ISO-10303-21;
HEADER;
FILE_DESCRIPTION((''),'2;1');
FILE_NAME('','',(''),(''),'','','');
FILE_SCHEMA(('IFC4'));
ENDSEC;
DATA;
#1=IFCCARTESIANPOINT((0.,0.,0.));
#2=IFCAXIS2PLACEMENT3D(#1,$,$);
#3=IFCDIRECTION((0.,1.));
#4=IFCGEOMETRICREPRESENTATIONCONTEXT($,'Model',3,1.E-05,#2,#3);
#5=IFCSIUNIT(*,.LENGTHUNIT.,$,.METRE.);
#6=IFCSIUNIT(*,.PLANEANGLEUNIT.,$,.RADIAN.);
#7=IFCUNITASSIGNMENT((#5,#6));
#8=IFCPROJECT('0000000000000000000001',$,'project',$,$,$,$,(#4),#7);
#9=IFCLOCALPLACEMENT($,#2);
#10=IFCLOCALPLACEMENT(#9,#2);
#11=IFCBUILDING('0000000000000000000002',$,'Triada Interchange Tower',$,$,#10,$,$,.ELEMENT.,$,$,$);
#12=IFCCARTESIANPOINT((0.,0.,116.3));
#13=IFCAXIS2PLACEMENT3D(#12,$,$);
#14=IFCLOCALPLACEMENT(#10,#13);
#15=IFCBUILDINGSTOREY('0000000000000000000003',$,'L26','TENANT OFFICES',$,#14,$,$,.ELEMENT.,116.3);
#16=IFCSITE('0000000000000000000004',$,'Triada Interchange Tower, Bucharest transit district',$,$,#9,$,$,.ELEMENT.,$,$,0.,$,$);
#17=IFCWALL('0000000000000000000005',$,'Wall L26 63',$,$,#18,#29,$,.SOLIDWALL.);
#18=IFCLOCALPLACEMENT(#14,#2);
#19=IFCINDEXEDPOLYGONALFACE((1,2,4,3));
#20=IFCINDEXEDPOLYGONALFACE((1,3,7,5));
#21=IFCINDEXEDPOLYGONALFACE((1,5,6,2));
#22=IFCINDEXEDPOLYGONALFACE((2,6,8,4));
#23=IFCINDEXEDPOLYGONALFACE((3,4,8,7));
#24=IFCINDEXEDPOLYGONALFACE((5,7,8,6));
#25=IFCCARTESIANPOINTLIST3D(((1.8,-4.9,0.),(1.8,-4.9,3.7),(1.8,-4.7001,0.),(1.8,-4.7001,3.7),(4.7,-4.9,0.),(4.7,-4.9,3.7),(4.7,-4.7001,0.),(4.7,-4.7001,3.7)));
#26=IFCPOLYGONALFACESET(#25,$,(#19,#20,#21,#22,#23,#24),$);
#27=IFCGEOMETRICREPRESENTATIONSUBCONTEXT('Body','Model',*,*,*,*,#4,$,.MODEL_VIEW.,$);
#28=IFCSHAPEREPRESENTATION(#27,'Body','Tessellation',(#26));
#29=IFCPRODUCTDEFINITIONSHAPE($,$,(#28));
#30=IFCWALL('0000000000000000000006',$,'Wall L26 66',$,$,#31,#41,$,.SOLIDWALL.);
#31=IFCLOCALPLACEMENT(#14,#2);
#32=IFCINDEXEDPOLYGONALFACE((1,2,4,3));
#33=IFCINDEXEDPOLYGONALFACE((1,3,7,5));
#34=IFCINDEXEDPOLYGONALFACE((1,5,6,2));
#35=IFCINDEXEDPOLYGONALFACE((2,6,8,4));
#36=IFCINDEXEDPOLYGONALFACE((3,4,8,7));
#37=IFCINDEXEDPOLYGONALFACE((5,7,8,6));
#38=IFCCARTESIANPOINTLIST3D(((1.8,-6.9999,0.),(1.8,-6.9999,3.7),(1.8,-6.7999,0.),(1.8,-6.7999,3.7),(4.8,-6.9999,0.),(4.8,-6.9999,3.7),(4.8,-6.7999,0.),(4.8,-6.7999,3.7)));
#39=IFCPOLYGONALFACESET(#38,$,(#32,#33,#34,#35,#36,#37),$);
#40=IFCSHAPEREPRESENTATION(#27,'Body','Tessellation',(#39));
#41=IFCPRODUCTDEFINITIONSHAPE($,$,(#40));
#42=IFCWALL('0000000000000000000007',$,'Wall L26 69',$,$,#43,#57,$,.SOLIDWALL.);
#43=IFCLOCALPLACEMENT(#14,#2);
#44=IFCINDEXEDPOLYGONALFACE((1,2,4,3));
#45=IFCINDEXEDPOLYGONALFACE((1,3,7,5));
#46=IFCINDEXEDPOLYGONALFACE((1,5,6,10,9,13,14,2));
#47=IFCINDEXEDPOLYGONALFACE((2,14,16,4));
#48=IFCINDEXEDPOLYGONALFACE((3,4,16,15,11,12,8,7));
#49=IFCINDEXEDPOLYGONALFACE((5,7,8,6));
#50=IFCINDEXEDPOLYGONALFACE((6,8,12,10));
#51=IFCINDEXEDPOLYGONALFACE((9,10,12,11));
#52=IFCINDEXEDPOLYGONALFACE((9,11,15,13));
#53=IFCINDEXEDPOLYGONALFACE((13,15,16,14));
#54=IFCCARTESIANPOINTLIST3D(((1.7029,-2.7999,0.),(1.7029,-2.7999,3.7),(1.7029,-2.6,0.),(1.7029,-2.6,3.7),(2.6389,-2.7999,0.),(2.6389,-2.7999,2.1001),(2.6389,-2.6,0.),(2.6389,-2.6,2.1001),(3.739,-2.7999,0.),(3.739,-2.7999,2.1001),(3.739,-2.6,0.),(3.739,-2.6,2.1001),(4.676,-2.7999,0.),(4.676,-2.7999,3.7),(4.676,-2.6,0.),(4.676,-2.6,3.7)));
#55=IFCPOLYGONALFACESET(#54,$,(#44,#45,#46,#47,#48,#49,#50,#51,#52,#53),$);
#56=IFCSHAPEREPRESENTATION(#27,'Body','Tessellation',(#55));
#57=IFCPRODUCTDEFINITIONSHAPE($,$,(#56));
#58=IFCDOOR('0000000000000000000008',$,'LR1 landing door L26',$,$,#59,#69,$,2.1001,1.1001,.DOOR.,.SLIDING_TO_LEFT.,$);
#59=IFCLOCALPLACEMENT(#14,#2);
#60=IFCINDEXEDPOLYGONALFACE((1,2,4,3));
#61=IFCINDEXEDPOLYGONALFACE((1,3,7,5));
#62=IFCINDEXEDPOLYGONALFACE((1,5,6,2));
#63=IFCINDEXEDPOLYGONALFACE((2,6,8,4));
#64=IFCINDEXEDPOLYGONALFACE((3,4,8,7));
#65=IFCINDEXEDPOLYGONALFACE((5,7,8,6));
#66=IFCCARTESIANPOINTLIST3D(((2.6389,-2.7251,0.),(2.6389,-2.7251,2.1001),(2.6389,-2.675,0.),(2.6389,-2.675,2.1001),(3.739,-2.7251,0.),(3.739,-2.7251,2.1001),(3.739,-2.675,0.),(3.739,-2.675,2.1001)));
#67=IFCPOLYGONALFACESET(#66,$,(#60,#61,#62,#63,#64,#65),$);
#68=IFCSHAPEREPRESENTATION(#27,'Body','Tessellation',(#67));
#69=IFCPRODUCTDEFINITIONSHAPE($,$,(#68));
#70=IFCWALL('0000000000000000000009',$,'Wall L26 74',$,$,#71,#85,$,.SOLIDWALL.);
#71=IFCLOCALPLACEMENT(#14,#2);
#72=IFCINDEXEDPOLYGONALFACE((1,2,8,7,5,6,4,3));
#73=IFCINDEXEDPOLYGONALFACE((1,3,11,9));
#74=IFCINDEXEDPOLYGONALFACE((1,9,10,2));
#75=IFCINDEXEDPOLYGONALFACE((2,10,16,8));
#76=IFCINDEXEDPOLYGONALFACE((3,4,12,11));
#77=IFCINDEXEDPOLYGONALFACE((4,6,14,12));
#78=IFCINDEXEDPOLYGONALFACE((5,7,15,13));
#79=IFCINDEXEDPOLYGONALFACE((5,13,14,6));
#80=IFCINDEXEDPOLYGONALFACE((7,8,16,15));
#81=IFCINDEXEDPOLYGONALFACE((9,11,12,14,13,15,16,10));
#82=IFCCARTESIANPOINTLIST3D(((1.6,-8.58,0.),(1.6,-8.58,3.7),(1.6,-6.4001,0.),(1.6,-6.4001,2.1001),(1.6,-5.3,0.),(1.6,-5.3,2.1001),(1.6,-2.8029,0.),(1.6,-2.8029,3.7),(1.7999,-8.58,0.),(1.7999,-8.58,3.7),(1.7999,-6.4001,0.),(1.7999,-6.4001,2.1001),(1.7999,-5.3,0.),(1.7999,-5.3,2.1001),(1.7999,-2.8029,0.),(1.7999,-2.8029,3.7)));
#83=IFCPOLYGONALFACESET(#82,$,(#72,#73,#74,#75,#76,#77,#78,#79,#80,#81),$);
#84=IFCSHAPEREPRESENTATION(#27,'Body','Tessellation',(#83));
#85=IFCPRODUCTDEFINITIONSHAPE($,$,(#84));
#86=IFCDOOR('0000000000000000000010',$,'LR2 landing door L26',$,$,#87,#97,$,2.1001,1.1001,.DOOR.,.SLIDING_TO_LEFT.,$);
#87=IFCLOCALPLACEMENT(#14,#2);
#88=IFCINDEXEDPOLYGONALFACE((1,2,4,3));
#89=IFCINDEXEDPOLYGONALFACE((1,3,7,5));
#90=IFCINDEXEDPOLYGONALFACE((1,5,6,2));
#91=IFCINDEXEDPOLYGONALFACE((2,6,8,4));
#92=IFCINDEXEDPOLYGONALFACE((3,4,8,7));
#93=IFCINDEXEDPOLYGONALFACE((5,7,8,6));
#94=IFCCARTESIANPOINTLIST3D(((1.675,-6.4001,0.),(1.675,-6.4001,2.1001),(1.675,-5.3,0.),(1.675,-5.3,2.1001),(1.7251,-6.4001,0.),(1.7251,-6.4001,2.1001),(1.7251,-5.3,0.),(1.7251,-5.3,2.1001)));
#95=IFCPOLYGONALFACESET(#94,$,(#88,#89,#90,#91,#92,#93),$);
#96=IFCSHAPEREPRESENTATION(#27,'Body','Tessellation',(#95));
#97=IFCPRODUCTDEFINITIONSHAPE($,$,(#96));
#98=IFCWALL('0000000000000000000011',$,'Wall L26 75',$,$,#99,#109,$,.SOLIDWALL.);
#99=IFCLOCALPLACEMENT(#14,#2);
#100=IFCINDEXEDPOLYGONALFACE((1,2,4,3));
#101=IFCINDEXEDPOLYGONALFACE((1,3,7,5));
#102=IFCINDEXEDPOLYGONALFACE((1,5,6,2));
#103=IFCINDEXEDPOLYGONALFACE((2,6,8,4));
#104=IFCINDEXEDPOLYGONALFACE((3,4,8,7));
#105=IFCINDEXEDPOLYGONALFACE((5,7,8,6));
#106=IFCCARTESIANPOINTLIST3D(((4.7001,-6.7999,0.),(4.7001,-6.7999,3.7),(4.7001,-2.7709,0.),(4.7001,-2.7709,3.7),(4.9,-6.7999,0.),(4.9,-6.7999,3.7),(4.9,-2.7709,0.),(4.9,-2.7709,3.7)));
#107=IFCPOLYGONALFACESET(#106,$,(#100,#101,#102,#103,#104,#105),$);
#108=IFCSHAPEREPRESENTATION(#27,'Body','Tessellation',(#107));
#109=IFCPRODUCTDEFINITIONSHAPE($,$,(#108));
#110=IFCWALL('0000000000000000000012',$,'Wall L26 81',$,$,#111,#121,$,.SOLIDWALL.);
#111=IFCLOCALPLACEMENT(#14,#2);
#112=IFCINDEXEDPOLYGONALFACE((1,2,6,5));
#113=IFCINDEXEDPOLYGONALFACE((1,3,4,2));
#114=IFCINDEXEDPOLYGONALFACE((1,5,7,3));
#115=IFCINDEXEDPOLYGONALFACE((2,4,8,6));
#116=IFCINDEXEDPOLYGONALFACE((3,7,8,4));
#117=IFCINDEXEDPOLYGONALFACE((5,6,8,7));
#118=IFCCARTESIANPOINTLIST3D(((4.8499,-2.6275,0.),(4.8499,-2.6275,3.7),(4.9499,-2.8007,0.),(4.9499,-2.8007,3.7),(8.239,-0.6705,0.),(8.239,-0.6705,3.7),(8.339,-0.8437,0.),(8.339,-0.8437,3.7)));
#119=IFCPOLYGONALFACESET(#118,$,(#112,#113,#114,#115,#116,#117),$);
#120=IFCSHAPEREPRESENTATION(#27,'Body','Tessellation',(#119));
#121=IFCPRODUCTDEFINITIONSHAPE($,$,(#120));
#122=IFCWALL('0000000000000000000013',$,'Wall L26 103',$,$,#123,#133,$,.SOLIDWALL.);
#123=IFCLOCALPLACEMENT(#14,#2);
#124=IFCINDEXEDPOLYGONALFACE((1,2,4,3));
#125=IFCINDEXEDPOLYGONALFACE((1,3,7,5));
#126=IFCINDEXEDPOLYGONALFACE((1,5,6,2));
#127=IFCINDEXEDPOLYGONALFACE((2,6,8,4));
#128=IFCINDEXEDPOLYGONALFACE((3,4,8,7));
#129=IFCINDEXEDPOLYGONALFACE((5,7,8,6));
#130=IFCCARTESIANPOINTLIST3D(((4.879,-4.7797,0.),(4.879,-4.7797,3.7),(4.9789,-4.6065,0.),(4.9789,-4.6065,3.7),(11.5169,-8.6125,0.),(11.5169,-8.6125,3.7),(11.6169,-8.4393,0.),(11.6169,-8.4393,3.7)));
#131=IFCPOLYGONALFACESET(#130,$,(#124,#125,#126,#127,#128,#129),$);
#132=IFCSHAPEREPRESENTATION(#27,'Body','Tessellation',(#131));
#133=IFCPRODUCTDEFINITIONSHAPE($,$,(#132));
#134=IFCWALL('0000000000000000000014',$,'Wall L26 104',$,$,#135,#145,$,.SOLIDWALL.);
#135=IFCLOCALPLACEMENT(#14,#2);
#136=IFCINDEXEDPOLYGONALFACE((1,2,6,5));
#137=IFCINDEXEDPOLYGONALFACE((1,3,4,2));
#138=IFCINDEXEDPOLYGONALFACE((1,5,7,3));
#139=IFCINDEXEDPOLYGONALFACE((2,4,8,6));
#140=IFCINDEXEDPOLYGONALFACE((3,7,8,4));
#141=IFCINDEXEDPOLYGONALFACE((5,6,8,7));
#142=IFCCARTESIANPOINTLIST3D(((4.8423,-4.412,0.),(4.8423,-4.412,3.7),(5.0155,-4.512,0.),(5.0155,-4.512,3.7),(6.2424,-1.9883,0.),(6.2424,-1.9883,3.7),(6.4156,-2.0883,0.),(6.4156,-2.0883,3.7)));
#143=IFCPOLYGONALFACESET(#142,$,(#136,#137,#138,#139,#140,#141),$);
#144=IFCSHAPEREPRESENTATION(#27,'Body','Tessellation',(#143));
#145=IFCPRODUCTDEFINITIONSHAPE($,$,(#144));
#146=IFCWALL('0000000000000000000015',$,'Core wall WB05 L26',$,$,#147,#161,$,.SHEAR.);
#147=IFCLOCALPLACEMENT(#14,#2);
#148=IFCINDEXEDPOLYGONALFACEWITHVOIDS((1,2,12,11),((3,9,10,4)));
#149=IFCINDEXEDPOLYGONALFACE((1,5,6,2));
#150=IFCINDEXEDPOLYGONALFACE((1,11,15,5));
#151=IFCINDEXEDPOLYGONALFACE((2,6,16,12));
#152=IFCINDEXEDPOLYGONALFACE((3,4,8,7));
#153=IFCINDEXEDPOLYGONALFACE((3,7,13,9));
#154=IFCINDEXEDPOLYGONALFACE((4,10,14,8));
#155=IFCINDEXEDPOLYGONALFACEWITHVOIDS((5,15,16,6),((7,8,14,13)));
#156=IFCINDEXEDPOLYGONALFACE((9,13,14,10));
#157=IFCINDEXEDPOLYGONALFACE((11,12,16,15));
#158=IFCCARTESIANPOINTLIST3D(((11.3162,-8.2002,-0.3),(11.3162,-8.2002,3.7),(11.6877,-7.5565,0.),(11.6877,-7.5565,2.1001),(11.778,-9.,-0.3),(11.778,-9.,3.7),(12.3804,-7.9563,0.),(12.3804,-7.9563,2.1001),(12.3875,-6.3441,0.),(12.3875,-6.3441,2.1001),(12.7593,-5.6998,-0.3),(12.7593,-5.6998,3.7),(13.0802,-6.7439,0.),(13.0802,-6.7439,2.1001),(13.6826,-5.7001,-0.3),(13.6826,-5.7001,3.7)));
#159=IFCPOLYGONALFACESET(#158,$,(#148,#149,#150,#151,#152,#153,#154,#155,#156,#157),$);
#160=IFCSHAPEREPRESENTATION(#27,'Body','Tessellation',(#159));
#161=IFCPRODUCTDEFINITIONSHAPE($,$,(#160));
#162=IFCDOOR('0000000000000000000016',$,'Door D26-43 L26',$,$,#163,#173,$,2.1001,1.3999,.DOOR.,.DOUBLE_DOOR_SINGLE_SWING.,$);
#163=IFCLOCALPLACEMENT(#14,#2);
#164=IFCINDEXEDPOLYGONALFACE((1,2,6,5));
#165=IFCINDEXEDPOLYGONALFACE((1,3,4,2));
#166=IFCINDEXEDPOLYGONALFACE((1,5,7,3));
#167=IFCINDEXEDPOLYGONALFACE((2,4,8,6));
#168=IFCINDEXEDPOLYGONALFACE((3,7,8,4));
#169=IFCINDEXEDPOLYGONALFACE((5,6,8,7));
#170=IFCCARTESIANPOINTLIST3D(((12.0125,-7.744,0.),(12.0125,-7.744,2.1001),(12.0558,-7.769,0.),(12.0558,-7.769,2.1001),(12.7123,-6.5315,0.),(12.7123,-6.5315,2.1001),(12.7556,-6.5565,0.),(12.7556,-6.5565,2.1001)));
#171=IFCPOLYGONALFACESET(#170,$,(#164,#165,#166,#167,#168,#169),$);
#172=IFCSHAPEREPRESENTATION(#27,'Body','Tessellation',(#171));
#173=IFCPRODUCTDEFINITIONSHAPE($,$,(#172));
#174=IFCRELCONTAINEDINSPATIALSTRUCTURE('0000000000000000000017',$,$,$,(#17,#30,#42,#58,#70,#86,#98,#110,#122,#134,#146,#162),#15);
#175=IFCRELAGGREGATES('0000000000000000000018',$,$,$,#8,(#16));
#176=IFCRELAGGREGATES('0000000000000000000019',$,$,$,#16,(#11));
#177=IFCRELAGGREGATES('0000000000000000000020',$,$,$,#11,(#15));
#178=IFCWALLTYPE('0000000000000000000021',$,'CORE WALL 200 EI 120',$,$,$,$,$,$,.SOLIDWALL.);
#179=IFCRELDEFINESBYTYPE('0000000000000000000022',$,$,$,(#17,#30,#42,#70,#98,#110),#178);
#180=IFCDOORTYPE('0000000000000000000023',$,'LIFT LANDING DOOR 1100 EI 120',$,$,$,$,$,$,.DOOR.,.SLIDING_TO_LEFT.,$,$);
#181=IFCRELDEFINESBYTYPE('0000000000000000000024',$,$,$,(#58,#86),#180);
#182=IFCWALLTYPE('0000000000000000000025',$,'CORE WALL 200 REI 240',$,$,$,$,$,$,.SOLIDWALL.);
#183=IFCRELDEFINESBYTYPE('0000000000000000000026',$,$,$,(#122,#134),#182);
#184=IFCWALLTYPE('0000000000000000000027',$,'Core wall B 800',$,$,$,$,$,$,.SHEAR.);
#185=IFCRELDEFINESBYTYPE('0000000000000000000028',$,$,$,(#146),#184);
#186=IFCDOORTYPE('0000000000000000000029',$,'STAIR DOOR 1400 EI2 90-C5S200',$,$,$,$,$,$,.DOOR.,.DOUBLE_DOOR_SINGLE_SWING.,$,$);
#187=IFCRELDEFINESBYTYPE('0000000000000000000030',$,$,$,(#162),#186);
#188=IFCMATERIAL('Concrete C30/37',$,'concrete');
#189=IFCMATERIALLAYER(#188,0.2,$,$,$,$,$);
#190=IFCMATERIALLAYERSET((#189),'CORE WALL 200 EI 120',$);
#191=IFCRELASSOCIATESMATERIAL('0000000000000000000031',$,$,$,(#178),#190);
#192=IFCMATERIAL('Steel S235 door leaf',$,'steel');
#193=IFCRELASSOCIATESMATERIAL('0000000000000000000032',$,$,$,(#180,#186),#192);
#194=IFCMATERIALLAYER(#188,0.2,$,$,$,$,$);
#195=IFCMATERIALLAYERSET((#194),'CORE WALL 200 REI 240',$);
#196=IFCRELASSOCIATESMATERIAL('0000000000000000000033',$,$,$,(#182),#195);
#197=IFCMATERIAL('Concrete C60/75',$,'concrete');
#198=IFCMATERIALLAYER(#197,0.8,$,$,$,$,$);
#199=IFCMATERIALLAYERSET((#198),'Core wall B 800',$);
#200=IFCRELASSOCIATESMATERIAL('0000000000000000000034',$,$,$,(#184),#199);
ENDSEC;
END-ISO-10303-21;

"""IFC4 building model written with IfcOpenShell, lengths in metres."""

from ifc_helpers import new_model, si_unit, direction, frame, frame_2d, origin, place, context, subcontext, project, spatial, polyline, rectangle, outline, extrude, material, layer, layer_set, type_object, element, fill, save


model = new_model("IFC4")

# Units and contexts
model_context = context("Model", 3, precision=1e-05, world=origin(), true_north=direction((0.0, 1.0)))
body_context = subcontext(model_context, "Body", "Model", "MODEL_VIEW")
ifc_project = project(units=[si_unit("LENGTHUNIT", "METRE"), si_unit("PLANEANGLEUNIT", "RADIAN")], contexts=[model_context])

# Site, building, storey
site_placement = place(None, origin())
site = spatial("IfcSite", under=ifc_project, at=site_placement, Name="Triada Interchange Tower, Bucharest transit district", CompositionType="ELEMENT", RefElevation=0.0)
building_placement = place(site_placement, origin())
building = spatial("IfcBuilding", under=site, at=building_placement, Name="Triada Interchange Tower", CompositionType="ELEMENT")
storey_placement = place(building_placement, frame((0.0, 0.0, 116.3)))
storey = spatial("IfcBuildingStorey", under=building, at=storey_placement, Name="L26", Description="TENANT OFFICES", CompositionType="ELEMENT", Elevation=116.3)

# Walls
ifc_material_1 = material(Name="Concrete C30/37", Category="concrete")
ifc_layer_1 = layer(ifc_material_1, 0.2)
ifc_layer_set_1 = layer_set([ifc_layer_1], Name="CORE WALL 200 EI 120")
wall_type_1 = type_object("IfcWallType", Name="CORE WALL 200 EI 120", PredefinedType="SOLIDWALL", material=ifc_layer_set_1)
wall_1_placement = place(storey_placement, frame((1.8, -4.8, 0.0), z_axis=(0.0, 0.0, 1.0), x_axis=(1.0, 0.0, 0.0)))
element("IfcWall", 1, at=wall_1_placement, inside=storey, type_object=wall_type_1, Name="Wall L26 63", PredefinedType="SOLIDWALL", context=body_context, shape_type="SweptSolid", body=[
    extrude(rectangle(XDim=2.8999, YDim=0.2, at=frame_2d((1.45, 0.0))), origin(), (0.0, 0.0, 1.0), 3.7),
])
wall_2_placement = place(storey_placement, frame((1.8, -6.8999, 0.0), z_axis=(0.0, 0.0, 1.0), x_axis=(1.0, 0.0, 0.0)))
element("IfcWall", 2, at=wall_2_placement, inside=storey, type_object=wall_type_1, Name="Wall L26 66", PredefinedType="SOLIDWALL", context=body_context, shape_type="SweptSolid", body=[
    extrude(rectangle(XDim=3.0, YDim=0.2, at=frame_2d((1.5, 0.0))), origin(), (0.0, 0.0, 1.0), 3.7),
])

# Walls, openings, doors
wall_3_placement = place(storey_placement, frame((1.7029, -2.7, 0.0), z_axis=(0.0, 0.0, 1.0), x_axis=(1.0, 0.0, 0.0)))
wall_3 = element("IfcWall", 3, at=wall_3_placement, inside=storey, type_object=wall_type_1, Name="Wall L26 69", PredefinedType="SOLIDWALL", context=body_context, shape_type="SweptSolid", body=[
    extrude(rectangle(XDim=2.9731, YDim=0.2, at=frame_2d((1.4866, 0.0))), origin(), (0.0, 0.0, 1.0), 3.7),
])
opening_1_placement = place(wall_3_placement, frame((0.936, 0.0, 0.0)))
opening_1 = element("IfcOpeningElement", 4, at=opening_1_placement, cuts=wall_3, PredefinedType="OPENING", context=body_context, shape_type="SweptSolid", body=[
    extrude(rectangle(XDim=1.1001, YDim=2.1001, at=frame_2d((0.55, 1.05))), frame((0.0, 0.1099, 0.0), z_axis=(0.0, -1.0, 0.0), x_axis=(1.0, 0.0, 0.0)), (0.0, 0.0, 1.0), 0.22),
])
ifc_material_2 = material(Name="Steel S235 door leaf", Category="steel")
door_type_1 = type_object("IfcDoorType", Name="LIFT LANDING DOOR 1100 EI 120", OperationType="SLIDING_TO_LEFT", PredefinedType="DOOR", material=ifc_material_2)
door_1_placement = place(opening_1_placement, origin())
door_1 = element("IfcDoor", 5, at=door_1_placement, inside=storey, type_object=door_type_1, Name="LR1 landing door L26", OperationType="SLIDING_TO_LEFT", OverallHeight=2.1001, OverallWidth=1.1001, PredefinedType="DOOR", context=body_context, shape_type="SweptSolid", body=[
    extrude(rectangle(XDim=1.1001, YDim=2.1001, at=frame_2d((0.55, 1.05))), frame((0.0, 0.0249, 0.0), z_axis=(0.0, -1.0, 0.0), x_axis=(1.0, 0.0, 0.0)), (0.0, 0.0, 1.0), 0.05),
])
fill(opening_1, door_1)
wall_4_placement = place(storey_placement, frame((1.7, -8.5801, 0.0), z_axis=(0.0, 0.0, 1.0), x_axis=(0.0, 1.0, 0.0)))
wall_4 = element("IfcWall", 6, at=wall_4_placement, inside=storey, type_object=wall_type_1, Name="Wall L26 74", PredefinedType="SOLIDWALL", context=body_context, shape_type="SweptSolid", body=[
    extrude(rectangle(XDim=5.7771, YDim=0.2, at=frame_2d((2.8887, 0.0))), origin(), (0.0, 0.0, 1.0), 3.7),
])
opening_2_placement = place(wall_4_placement, frame((2.1799, 0.0, 0.0)))
opening_2 = element("IfcOpeningElement", 7, at=opening_2_placement, cuts=wall_4, PredefinedType="OPENING", context=body_context, shape_type="SweptSolid", body=[
    extrude(rectangle(XDim=1.1001, YDim=2.1001, at=frame_2d((0.55, 1.05))), frame((0.0, 0.1099, 0.0), z_axis=(0.0, -1.0, 0.0), x_axis=(1.0, 0.0, 0.0)), (0.0, 0.0, 1.0), 0.22),
])
door_2_placement = place(opening_2_placement, origin())
door_2 = element("IfcDoor", 8, at=door_2_placement, inside=storey, type_object=door_type_1, Name="LR2 landing door L26", OperationType="SLIDING_TO_LEFT", OverallHeight=2.1001, OverallWidth=1.1001, PredefinedType="DOOR", context=body_context, shape_type="SweptSolid", body=[
    extrude(rectangle(XDim=1.1001, YDim=2.1001, at=frame_2d((0.55, 1.05))), frame((0.0, 0.0249, 0.0), z_axis=(0.0, -1.0, 0.0), x_axis=(1.0, 0.0, 0.0)), (0.0, 0.0, 1.0), 0.05),
])
fill(opening_2, door_2)

# Walls
wall_5_placement = place(storey_placement, frame((4.8, -6.8, 0.0), z_axis=(0.0, 0.0, 1.0), x_axis=(0.0, 1.0, 0.0)))
element("IfcWall", 9, at=wall_5_placement, inside=storey, type_object=wall_type_1, Name="Wall L26 75", PredefinedType="SOLIDWALL", context=body_context, shape_type="SweptSolid", body=[
    extrude(rectangle(XDim=4.0291, YDim=0.2, at=frame_2d((2.0146, 0.0))), origin(), (0.0, 0.0, 1.0), 3.7),
])
wall_6_placement = place(storey_placement, frame((4.8999, -2.7141, 0.0), z_axis=(0.0, 0.0, 1.0), x_axis=(0.865992, 0.500057, 0.0)))
element("IfcWall", 10, at=wall_6_placement, inside=storey, type_object=wall_type_1, Name="Wall L26 81", PredefinedType="SOLIDWALL", context=body_context, shape_type="SweptSolid", body=[
    extrude(rectangle(XDim=3.9136, YDim=0.2, at=frame_2d((1.9568, 0.0))), origin(), (0.0, 0.0, 1.0), 3.7),
])
ifc_layer_2 = layer(ifc_material_1, 0.2)
ifc_layer_set_2 = layer_set([ifc_layer_2], Name="CORE WALL 200 REI 240")
wall_type_2 = type_object("IfcWallType", Name="CORE WALL 200 REI 240", PredefinedType="SOLIDWALL", material=ifc_layer_set_2)
wall_7_placement = place(storey_placement, frame((4.929, -4.6931, 0.0), z_axis=(0.0, 0.0, 1.0), x_axis=(0.866006, -0.500034, 0.0)))
element("IfcWall", 11, at=wall_7_placement, inside=storey, type_object=wall_type_2, Name="Wall L26 103", PredefinedType="SOLIDWALL", context=body_context, shape_type="SweptSolid", body=[
    extrude(rectangle(XDim=7.665, YDim=0.2, at=frame_2d((3.8325, 0.0))), origin(), (0.0, 0.0, 1.0), 3.7),
])
wall_8_placement = place(storey_placement, frame((4.929, -4.4619, 0.0), z_axis=(0.0, 0.0, 1.0), x_axis=(0.500201, 0.86591, 0.0)))
element("IfcWall", 12, at=wall_8_placement, inside=storey, type_object=wall_type_2, Name="Wall L26 104", PredefinedType="SOLIDWALL", context=body_context, shape_type="SweptSolid", body=[
    extrude(rectangle(XDim=2.7991, YDim=0.2, at=frame_2d((1.3994, 0.0))), origin(), (0.0, 0.0, 1.0), 3.7),
])

# Wall, opening, door
ifc_material_3 = material(Name="Concrete C60/75", Category="concrete")
ifc_layer_3 = layer(ifc_material_3, 0.8)
ifc_layer_set_3 = layer_set([ifc_layer_3], Name="Core wall B 800")
wall_type_3 = type_object("IfcWallType", Name="Core wall B 800", PredefinedType="SHEAR", material=ifc_layer_set_3)
wall_9_placement = place(storey_placement, frame((11.5471, -8.6001, -0.3), z_axis=(0.0, 0.0, 1.0), x_axis=(0.499872, 0.866099, 0.0)))
wall_9 = element("IfcWall", 13, at=wall_9_placement, inside=storey, type_object=wall_type_3, Name="Core wall WB05 L26", PredefinedType="SHEAR", context=body_context, shape_type="SweptSolid", body=[
    extrude(outline(polyline([(-0.231, -0.3999), (1.6741, -0.3999), (3.5791, -0.3999), (3.1179, 0.3999), (1.6743, 0.3999), (0.231, 0.3999), (-0.231, -0.3999)])), origin(), (0.0, 0.0, 1.0), 4.0),
])
opening_3_placement = place(wall_9_placement, frame((0.9741, 0.0, 0.3)))
opening_3 = element("IfcOpeningElement", 14, at=opening_3_placement, cuts=wall_9, PredefinedType="OPENING", context=body_context, shape_type="SweptSolid", body=[
    extrude(rectangle(XDim=1.3999, YDim=2.1001, at=frame_2d((0.7, 1.05))), frame((0.0, 0.4099, 0.0), z_axis=(0.0, -1.0, 0.0), x_axis=(1.0, 0.0, 0.0)), (0.0, 0.0, 1.0), 0.8201),
])
door_type_2 = type_object("IfcDoorType", Name="STAIR DOOR 1400 EI2 90-C5S200", OperationType="DOUBLE_DOOR_SINGLE_SWING", PredefinedType="DOOR", material=ifc_material_2)
door_3_placement = place(opening_3_placement, origin())
door_3 = element("IfcDoor", 15, at=door_3_placement, inside=storey, type_object=door_type_2, Name="Door D26-43 L26", OperationType="DOUBLE_DOOR_SINGLE_SWING", OverallHeight=2.1001, OverallWidth=1.3999, PredefinedType="DOOR", context=body_context, shape_type="SweptSolid", body=[
    extrude(rectangle(XDim=1.3999, YDim=2.1001, at=frame_2d((0.7, 1.05))), frame((0.0, 0.0249, 0.0), z_axis=(0.0, -1.0, 0.0), x_axis=(1.0, 0.0, 0.0)), (0.0, 0.0, 1.0), 0.05),
])
fill(opening_3, door_3)

save(model, "model.ifc")
